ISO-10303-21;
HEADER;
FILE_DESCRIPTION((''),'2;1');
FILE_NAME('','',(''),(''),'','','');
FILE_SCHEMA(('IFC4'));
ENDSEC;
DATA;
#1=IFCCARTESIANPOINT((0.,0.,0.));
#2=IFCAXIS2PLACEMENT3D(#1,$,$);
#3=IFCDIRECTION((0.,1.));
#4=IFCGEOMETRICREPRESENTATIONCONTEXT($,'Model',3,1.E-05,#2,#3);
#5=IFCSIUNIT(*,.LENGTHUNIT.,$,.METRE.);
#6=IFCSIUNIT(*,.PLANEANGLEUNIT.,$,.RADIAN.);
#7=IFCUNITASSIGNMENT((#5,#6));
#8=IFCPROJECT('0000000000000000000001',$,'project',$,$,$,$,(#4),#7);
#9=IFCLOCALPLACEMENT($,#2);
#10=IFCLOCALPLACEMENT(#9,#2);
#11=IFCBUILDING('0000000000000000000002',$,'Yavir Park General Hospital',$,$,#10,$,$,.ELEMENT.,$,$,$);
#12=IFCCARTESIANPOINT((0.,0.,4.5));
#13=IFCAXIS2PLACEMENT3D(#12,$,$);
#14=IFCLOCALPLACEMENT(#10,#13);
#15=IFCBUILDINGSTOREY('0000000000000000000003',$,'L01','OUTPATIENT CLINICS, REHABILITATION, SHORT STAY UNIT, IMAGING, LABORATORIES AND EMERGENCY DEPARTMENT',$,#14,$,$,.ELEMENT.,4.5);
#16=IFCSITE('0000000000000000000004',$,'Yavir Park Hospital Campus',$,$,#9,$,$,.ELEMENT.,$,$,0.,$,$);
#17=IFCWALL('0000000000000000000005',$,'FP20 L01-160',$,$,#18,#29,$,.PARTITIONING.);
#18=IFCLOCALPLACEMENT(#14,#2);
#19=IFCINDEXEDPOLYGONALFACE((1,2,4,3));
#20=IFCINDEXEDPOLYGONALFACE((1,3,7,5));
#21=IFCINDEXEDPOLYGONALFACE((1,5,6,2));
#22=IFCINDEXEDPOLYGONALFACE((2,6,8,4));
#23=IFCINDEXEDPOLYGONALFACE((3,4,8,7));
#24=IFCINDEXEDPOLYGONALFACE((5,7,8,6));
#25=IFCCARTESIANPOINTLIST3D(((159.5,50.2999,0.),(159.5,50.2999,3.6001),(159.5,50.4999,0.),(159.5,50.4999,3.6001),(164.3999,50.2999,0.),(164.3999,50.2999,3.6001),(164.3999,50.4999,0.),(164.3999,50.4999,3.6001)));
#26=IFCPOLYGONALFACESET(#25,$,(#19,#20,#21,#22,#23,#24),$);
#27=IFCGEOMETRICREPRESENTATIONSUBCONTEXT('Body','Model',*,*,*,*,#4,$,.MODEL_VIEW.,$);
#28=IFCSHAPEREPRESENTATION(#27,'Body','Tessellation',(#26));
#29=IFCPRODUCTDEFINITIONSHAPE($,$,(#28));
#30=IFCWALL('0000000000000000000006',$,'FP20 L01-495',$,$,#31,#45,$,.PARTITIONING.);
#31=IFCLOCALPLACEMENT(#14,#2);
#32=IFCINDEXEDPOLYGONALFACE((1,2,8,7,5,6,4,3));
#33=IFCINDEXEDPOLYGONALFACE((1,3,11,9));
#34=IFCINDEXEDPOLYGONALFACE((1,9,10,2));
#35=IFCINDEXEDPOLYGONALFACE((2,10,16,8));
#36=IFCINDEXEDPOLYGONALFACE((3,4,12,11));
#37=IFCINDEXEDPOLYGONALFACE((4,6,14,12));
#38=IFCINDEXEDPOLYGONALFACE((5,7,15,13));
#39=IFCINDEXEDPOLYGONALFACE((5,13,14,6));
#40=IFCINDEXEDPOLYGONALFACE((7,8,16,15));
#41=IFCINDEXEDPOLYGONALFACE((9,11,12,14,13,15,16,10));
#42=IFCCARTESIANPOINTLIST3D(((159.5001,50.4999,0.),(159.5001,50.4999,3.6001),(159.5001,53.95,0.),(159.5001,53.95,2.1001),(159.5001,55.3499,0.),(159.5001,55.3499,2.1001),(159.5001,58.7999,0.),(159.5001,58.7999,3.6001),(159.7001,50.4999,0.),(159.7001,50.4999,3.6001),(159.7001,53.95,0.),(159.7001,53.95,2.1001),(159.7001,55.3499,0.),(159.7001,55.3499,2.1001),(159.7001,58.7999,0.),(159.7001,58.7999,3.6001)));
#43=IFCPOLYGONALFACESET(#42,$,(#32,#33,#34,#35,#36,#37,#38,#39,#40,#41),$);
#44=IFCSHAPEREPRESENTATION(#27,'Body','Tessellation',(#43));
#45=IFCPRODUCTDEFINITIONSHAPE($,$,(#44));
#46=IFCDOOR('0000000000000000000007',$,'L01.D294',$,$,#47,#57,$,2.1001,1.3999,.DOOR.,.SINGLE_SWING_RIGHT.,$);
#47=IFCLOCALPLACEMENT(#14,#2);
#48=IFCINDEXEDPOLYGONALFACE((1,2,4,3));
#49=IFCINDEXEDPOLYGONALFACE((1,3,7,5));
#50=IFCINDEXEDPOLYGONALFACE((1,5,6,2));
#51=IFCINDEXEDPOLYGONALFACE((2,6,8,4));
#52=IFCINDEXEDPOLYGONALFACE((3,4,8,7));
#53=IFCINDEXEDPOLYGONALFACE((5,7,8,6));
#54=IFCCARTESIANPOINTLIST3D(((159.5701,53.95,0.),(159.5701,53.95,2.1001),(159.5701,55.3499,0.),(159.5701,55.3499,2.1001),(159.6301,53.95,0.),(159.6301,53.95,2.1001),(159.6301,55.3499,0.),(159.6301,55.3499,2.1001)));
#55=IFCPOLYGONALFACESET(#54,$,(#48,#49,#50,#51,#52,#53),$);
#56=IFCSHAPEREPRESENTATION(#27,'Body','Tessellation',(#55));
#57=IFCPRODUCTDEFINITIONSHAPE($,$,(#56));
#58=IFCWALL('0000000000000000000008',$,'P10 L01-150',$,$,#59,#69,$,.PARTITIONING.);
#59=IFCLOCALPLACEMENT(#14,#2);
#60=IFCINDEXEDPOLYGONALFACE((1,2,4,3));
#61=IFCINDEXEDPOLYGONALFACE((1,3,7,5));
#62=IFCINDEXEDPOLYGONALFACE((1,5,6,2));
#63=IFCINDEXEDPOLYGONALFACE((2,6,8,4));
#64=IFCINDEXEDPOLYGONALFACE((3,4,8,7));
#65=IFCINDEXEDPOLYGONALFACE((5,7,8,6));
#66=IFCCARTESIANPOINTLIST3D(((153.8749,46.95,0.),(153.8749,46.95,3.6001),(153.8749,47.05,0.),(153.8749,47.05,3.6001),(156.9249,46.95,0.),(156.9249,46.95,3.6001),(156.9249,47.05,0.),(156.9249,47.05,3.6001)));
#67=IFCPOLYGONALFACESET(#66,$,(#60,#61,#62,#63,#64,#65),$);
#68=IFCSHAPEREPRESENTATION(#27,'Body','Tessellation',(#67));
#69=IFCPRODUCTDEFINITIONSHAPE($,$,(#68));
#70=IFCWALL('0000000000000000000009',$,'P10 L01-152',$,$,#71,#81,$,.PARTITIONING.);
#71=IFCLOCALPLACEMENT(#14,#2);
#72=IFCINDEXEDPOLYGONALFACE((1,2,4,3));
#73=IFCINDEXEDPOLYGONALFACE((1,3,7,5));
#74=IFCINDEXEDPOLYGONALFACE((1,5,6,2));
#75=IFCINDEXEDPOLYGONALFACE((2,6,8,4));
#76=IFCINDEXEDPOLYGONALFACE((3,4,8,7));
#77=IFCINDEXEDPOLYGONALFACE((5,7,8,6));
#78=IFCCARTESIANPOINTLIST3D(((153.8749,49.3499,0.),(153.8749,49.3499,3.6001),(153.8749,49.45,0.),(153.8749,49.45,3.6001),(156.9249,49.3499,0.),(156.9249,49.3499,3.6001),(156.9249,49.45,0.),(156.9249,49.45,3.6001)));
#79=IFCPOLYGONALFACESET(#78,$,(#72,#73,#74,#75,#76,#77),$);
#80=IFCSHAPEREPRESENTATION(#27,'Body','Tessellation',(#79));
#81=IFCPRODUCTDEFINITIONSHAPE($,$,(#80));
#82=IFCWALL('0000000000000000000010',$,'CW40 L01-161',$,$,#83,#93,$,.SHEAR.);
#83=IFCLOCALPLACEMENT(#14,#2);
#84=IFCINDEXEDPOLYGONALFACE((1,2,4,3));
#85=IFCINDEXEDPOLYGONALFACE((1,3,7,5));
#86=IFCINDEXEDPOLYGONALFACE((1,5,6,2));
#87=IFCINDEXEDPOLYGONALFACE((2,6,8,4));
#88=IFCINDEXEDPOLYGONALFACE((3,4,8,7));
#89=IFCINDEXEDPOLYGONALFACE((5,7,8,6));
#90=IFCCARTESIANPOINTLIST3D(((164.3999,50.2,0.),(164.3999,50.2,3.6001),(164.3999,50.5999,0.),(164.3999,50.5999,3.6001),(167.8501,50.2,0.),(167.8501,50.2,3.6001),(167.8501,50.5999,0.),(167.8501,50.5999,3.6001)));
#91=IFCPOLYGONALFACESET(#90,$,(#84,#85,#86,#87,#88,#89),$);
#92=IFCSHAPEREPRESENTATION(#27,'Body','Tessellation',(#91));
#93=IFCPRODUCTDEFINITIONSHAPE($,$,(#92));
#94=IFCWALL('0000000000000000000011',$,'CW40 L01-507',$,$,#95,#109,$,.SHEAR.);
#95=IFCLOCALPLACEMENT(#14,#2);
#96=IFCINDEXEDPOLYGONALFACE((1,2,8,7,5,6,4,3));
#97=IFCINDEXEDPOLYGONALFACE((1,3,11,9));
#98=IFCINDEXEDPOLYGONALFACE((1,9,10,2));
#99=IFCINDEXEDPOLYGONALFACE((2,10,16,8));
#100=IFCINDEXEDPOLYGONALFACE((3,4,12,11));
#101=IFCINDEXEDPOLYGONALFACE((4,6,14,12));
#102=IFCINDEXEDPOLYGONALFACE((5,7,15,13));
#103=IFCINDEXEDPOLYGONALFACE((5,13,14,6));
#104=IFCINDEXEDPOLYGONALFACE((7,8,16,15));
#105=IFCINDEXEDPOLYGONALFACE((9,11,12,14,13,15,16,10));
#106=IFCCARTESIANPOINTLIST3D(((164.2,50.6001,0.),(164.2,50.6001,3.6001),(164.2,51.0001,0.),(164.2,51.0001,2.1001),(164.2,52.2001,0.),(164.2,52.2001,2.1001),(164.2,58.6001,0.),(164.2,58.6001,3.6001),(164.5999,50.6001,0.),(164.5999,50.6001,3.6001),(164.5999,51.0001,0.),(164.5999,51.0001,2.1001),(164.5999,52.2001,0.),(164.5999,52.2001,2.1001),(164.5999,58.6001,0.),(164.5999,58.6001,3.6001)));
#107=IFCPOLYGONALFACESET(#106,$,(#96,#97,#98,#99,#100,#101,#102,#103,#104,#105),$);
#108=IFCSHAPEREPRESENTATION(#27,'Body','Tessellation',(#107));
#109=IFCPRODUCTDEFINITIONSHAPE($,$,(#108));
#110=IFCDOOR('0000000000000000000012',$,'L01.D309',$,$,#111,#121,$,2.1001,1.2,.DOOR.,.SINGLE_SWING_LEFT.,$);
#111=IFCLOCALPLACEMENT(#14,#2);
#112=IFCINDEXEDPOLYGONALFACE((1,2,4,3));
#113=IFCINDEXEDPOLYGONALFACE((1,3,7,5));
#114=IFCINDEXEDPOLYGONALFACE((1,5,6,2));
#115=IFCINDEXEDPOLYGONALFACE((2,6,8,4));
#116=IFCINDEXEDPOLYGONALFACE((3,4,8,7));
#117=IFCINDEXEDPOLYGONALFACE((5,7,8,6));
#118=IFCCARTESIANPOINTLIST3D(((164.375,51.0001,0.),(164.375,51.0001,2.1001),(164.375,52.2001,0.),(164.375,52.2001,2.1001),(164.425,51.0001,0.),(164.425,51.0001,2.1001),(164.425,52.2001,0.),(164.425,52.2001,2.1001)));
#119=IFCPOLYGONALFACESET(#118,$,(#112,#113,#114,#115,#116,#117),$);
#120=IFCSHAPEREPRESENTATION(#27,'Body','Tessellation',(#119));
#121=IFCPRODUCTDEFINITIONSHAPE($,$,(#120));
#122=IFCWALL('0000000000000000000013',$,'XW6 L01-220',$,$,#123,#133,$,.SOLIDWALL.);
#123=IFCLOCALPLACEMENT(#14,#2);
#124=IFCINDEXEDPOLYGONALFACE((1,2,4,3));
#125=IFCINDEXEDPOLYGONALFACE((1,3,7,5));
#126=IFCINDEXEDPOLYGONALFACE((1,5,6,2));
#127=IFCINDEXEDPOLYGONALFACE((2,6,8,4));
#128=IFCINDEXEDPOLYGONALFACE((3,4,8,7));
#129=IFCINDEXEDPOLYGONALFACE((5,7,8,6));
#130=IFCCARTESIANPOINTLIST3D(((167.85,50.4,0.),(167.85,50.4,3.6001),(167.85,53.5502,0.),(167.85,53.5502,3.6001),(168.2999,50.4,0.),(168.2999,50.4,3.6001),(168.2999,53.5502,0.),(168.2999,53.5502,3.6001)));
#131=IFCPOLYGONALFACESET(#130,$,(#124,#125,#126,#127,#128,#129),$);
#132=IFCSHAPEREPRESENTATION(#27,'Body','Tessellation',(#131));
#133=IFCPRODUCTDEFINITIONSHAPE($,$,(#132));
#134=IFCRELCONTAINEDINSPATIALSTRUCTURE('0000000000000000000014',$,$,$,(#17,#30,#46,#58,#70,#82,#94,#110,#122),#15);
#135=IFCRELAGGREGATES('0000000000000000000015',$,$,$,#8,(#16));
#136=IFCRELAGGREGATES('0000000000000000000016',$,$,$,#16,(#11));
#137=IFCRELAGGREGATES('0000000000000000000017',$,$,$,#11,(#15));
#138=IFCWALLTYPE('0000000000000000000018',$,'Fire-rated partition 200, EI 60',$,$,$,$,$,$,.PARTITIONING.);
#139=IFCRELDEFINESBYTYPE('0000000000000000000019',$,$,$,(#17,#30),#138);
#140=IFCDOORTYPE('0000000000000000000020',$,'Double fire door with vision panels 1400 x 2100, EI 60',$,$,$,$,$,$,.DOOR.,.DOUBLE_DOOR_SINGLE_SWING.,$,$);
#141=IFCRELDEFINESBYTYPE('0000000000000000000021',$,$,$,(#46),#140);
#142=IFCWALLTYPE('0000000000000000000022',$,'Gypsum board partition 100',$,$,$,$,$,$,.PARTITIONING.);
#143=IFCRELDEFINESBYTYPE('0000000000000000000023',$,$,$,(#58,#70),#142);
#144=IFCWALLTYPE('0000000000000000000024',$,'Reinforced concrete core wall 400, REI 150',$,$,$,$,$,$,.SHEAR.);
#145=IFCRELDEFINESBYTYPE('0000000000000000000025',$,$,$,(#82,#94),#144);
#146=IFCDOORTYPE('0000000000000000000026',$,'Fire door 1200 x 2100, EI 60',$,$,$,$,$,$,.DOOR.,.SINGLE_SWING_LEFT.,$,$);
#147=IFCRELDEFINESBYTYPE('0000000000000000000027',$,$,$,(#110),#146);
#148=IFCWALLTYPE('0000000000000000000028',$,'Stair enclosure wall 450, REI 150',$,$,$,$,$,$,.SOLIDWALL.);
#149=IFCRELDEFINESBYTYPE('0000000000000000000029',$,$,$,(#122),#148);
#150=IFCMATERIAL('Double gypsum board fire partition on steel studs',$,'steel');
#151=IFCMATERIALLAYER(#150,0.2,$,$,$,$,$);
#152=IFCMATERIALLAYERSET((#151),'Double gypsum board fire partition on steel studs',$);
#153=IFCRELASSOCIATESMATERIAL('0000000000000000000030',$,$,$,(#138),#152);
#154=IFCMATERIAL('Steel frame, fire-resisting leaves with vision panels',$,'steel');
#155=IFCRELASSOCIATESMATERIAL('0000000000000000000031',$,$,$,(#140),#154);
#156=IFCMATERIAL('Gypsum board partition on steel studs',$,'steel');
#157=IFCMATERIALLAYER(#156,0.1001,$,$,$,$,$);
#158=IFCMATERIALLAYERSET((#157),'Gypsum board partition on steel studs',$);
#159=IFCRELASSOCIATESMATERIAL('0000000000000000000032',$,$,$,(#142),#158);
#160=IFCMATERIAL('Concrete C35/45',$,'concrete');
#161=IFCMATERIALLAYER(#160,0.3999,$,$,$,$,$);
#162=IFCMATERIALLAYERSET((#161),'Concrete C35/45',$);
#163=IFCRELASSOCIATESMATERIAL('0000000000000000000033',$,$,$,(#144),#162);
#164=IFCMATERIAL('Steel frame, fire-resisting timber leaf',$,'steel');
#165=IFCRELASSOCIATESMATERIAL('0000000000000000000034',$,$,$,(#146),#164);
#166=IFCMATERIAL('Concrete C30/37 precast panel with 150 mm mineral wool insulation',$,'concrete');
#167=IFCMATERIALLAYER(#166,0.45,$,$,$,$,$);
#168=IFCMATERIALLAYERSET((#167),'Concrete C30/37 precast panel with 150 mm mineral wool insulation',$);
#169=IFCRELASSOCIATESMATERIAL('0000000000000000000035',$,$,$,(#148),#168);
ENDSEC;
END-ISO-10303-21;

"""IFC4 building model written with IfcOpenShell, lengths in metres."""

from ifc_helpers import new_model, si_unit, direction, frame, frame_2d, origin, place, context, subcontext, project, spatial, rectangle, extrude, material, layer, layer_set, type_object, element, fill, save


model = new_model("IFC4")

# Units and contexts
model_context = context("Model", 3, precision=1e-05, world=origin(), true_north=direction((0.0, 1.0)))
body_context = subcontext(model_context, "Body", "Model", "MODEL_VIEW")
ifc_project = project(units=[si_unit("LENGTHUNIT", "METRE"), si_unit("PLANEANGLEUNIT", "RADIAN")], contexts=[model_context])

# Site, building, storey
site_placement = place(None, origin())
site = spatial("IfcSite", under=ifc_project, at=site_placement, Name="Yavir Park Hospital Campus", CompositionType="ELEMENT", RefElevation=0.0)
building_placement = place(site_placement, origin())
building = spatial("IfcBuilding", under=site, at=building_placement, Name="Yavir Park General Hospital", CompositionType="ELEMENT")
storey_placement = place(building_placement, frame((0.0, 0.0, 4.5)))
storey = spatial("IfcBuildingStorey", under=building, at=storey_placement, Name="L01", Description="OUTPATIENT CLINICS, REHABILITATION, SHORT STAY UNIT, IMAGING, LABORATORIES AND EMERGENCY DEPARTMENT", CompositionType="ELEMENT", Elevation=4.5)

# Wall
ifc_material_1 = material(Name="Double gypsum board fire partition on steel studs", Category="steel")
ifc_layer_1 = layer(ifc_material_1, 0.2)
ifc_layer_set_1 = layer_set([ifc_layer_1], Name="Double gypsum board fire partition on steel studs")
wall_type_1 = type_object("IfcWallType", Name="Fire-rated partition 200, EI 60", PredefinedType="PARTITIONING", material=ifc_layer_set_1)
wall_1_placement = place(storey_placement, frame((159.5, 50.3999, 0.0), z_axis=(0.0, 0.0, 1.0), x_axis=(1.0, 0.0, 0.0)))
element("IfcWall", 1, at=wall_1_placement, inside=storey, type_object=wall_type_1, Name="FP20 L01-160", PredefinedType="PARTITIONING", context=body_context, shape_type="SweptSolid", body=[
    extrude(rectangle(XDim=4.8999, YDim=0.2, at=frame_2d((2.45, 0.0))), origin(), (0.0, 0.0, 1.0), 3.6001),
])

# Wall, opening, door
wall_2_placement = place(storey_placement, frame((159.6001, 50.5, 0.0), z_axis=(0.0, 0.0, 1.0), x_axis=(0.0, 1.0, 0.0)))
wall_2 = element("IfcWall", 2, at=wall_2_placement, inside=storey, type_object=wall_type_1, Name="FP20 L01-495", PredefinedType="PARTITIONING", context=body_context, shape_type="SweptSolid", body=[
    extrude(rectangle(XDim=8.3, YDim=0.2, at=frame_2d((4.1499, 0.0))), origin(), (0.0, 0.0, 1.0), 3.6001),
])
opening_1_placement = place(wall_2_placement, frame((3.45, 0.0, 0.0)))
opening_1 = element("IfcOpeningElement", 3, at=opening_1_placement, cuts=wall_2, PredefinedType="OPENING", context=body_context, shape_type="SweptSolid", body=[
    extrude(rectangle(XDim=1.3999, YDim=2.1001, at=frame_2d((0.7, 1.05))), frame((0.0, 0.1099, 0.0), z_axis=(0.0, -1.0, 0.0), x_axis=(1.0, 0.0, 0.0)), (0.0, 0.0, 1.0), 0.22),
])
ifc_material_2 = material(Name="Steel frame, fire-resisting leaves with vision panels", Category="steel")
door_type_1 = type_object("IfcDoorType", Name="Double fire door with vision panels 1400 x 2100, EI 60", OperationType="DOUBLE_DOOR_SINGLE_SWING", PredefinedType="DOOR", material=ifc_material_2)
door_1_placement = place(opening_1_placement, origin())
door_1 = element("IfcDoor", 4, at=door_1_placement, inside=storey, type_object=door_type_1, Name="L01.D294", OperationType="SINGLE_SWING_RIGHT", OverallHeight=2.1001, OverallWidth=1.3999, PredefinedType="DOOR", context=body_context, shape_type="SweptSolid", body=[
    extrude(rectangle(XDim=1.3999, YDim=2.1001, at=frame_2d((0.7, 1.05))), frame((0.0, 0.03, 0.0), z_axis=(0.0, -1.0, 0.0), x_axis=(1.0, 0.0, 0.0)), (0.0, 0.0, 1.0), 0.0601),
])
fill(opening_1, door_1)

# Walls
ifc_material_3 = material(Name="Gypsum board partition on steel studs", Category="steel")
ifc_layer_2 = layer(ifc_material_3, 0.1001)
ifc_layer_set_2 = layer_set([ifc_layer_2], Name="Gypsum board partition on steel studs")
wall_type_2 = type_object("IfcWallType", Name="Gypsum board partition 100", PredefinedType="PARTITIONING", material=ifc_layer_set_2)
for number, where, z_axis, x_axis, name in (
    (5, (153.875, 47.0, 0.0), (0.0, 0.0, 1.0), (1.0, 0.0, 0.0), "P10 L01-150"),
    (6, (153.875, 49.3999, 0.0), (0.0, 0.0, 1.0), (1.0, 0.0, 0.0), "P10 L01-152"),
):
    element("IfcWall", number, at=place(storey_placement, frame(where, z_axis=z_axis, x_axis=x_axis)), inside=storey, type_object=wall_type_2, Name=name, PredefinedType="PARTITIONING", context=body_context, shape_type="SweptSolid", body=[
        extrude(rectangle(XDim=3.05, YDim=0.1001, at=frame_2d((1.5249, 0.0))), origin(), (0.0, 0.0, 1.0), 3.6001),
    ])
ifc_material_4 = material(Name="Concrete C35/45", Category="concrete")
ifc_layer_3 = layer(ifc_material_4, 0.3999)
ifc_layer_set_3 = layer_set([ifc_layer_3], Name="Concrete C35/45")
wall_type_3 = type_object("IfcWallType", Name="Reinforced concrete core wall 400, REI 150", PredefinedType="SHEAR", material=ifc_layer_set_3)
wall_3_placement = place(storey_placement, frame((164.3999, 50.3999, 0.0), z_axis=(0.0, 0.0, 1.0), x_axis=(1.0, 0.0, 0.0)))
element("IfcWall", 7, at=wall_3_placement, inside=storey, type_object=wall_type_3, Name="CW40 L01-161", PredefinedType="SHEAR", context=body_context, shape_type="SweptSolid", body=[
    extrude(rectangle(XDim=3.4502, YDim=0.3999, at=frame_2d((1.7251, 0.0))), origin(), (0.0, 0.0, 1.0), 3.6001),
])

# Wall, opening, door
wall_4_placement = place(storey_placement, frame((164.3999, 50.6001, 0.0), z_axis=(0.0, 0.0, 1.0), x_axis=(0.0, 1.0, 0.0)))
wall_4 = element("IfcWall", 8, at=wall_4_placement, inside=storey, type_object=wall_type_3, Name="CW40 L01-507", PredefinedType="SHEAR", context=body_context, shape_type="SweptSolid", body=[
    extrude(rectangle(XDim=8.0, YDim=0.3999, at=frame_2d((4.0, 0.0))), origin(), (0.0, 0.0, 1.0), 3.6001),
])
opening_2_placement = place(wall_4_placement, frame((0.3999, 0.0, 0.0)))
opening_2 = element("IfcOpeningElement", 9, at=opening_2_placement, cuts=wall_4, PredefinedType="OPENING", context=body_context, shape_type="SweptSolid", body=[
    extrude(rectangle(XDim=1.2, YDim=2.1001, at=frame_2d((0.6001, 1.05))), frame((0.0, 0.21, 0.0), z_axis=(0.0, -1.0, 0.0), x_axis=(1.0, 0.0, 0.0)), (0.0, 0.0, 1.0), 0.4199),
])
ifc_material_5 = material(Name="Steel frame, fire-resisting timber leaf", Category="steel")
door_type_2 = type_object("IfcDoorType", Name="Fire door 1200 x 2100, EI 60", OperationType="SINGLE_SWING_LEFT", PredefinedType="DOOR", material=ifc_material_5)
door_2_placement = place(opening_2_placement, origin())
door_2 = element("IfcDoor", 10, at=door_2_placement, inside=storey, type_object=door_type_2, Name="L01.D309", OperationType="SINGLE_SWING_LEFT", OverallHeight=2.1001, OverallWidth=1.2, PredefinedType="DOOR", context=body_context, shape_type="SweptSolid", body=[
    extrude(rectangle(XDim=1.2, YDim=2.1001, at=frame_2d((0.6001, 1.05))), frame((0.0, 0.0249, 0.0), z_axis=(0.0, -1.0, 0.0), x_axis=(1.0, 0.0, 0.0)), (0.0, 0.0, 1.0), 0.05),
])
fill(opening_2, door_2)

# Wall
ifc_material_6 = material(Name="Concrete C30/37 precast panel with 150 mm mineral wool insulation", Category="concrete")
ifc_layer_4 = layer(ifc_material_6, 0.45)
ifc_layer_set_4 = layer_set([ifc_layer_4], Name="Concrete C30/37 precast panel with 150 mm mineral wool insulation")
wall_type_4 = type_object("IfcWallType", Name="Stair enclosure wall 450, REI 150", PredefinedType="SOLIDWALL", material=ifc_layer_set_4)
wall_5_placement = place(storey_placement, frame((168.075, 50.3999, 0.0), z_axis=(0.0, 0.0, 1.0), x_axis=(0.0, 1.0, 0.0)))
element("IfcWall", 11, at=wall_5_placement, inside=storey, type_object=wall_type_4, Name="XW6 L01-220", PredefinedType="SOLIDWALL", context=body_context, shape_type="SweptSolid", body=[
    extrude(rectangle(XDim=3.1501, YDim=0.45, at=frame_2d((1.5752, 0.0))), origin(), (0.0, 0.0, 1.0), 3.6001),
])

save(model, "model.ifc")
